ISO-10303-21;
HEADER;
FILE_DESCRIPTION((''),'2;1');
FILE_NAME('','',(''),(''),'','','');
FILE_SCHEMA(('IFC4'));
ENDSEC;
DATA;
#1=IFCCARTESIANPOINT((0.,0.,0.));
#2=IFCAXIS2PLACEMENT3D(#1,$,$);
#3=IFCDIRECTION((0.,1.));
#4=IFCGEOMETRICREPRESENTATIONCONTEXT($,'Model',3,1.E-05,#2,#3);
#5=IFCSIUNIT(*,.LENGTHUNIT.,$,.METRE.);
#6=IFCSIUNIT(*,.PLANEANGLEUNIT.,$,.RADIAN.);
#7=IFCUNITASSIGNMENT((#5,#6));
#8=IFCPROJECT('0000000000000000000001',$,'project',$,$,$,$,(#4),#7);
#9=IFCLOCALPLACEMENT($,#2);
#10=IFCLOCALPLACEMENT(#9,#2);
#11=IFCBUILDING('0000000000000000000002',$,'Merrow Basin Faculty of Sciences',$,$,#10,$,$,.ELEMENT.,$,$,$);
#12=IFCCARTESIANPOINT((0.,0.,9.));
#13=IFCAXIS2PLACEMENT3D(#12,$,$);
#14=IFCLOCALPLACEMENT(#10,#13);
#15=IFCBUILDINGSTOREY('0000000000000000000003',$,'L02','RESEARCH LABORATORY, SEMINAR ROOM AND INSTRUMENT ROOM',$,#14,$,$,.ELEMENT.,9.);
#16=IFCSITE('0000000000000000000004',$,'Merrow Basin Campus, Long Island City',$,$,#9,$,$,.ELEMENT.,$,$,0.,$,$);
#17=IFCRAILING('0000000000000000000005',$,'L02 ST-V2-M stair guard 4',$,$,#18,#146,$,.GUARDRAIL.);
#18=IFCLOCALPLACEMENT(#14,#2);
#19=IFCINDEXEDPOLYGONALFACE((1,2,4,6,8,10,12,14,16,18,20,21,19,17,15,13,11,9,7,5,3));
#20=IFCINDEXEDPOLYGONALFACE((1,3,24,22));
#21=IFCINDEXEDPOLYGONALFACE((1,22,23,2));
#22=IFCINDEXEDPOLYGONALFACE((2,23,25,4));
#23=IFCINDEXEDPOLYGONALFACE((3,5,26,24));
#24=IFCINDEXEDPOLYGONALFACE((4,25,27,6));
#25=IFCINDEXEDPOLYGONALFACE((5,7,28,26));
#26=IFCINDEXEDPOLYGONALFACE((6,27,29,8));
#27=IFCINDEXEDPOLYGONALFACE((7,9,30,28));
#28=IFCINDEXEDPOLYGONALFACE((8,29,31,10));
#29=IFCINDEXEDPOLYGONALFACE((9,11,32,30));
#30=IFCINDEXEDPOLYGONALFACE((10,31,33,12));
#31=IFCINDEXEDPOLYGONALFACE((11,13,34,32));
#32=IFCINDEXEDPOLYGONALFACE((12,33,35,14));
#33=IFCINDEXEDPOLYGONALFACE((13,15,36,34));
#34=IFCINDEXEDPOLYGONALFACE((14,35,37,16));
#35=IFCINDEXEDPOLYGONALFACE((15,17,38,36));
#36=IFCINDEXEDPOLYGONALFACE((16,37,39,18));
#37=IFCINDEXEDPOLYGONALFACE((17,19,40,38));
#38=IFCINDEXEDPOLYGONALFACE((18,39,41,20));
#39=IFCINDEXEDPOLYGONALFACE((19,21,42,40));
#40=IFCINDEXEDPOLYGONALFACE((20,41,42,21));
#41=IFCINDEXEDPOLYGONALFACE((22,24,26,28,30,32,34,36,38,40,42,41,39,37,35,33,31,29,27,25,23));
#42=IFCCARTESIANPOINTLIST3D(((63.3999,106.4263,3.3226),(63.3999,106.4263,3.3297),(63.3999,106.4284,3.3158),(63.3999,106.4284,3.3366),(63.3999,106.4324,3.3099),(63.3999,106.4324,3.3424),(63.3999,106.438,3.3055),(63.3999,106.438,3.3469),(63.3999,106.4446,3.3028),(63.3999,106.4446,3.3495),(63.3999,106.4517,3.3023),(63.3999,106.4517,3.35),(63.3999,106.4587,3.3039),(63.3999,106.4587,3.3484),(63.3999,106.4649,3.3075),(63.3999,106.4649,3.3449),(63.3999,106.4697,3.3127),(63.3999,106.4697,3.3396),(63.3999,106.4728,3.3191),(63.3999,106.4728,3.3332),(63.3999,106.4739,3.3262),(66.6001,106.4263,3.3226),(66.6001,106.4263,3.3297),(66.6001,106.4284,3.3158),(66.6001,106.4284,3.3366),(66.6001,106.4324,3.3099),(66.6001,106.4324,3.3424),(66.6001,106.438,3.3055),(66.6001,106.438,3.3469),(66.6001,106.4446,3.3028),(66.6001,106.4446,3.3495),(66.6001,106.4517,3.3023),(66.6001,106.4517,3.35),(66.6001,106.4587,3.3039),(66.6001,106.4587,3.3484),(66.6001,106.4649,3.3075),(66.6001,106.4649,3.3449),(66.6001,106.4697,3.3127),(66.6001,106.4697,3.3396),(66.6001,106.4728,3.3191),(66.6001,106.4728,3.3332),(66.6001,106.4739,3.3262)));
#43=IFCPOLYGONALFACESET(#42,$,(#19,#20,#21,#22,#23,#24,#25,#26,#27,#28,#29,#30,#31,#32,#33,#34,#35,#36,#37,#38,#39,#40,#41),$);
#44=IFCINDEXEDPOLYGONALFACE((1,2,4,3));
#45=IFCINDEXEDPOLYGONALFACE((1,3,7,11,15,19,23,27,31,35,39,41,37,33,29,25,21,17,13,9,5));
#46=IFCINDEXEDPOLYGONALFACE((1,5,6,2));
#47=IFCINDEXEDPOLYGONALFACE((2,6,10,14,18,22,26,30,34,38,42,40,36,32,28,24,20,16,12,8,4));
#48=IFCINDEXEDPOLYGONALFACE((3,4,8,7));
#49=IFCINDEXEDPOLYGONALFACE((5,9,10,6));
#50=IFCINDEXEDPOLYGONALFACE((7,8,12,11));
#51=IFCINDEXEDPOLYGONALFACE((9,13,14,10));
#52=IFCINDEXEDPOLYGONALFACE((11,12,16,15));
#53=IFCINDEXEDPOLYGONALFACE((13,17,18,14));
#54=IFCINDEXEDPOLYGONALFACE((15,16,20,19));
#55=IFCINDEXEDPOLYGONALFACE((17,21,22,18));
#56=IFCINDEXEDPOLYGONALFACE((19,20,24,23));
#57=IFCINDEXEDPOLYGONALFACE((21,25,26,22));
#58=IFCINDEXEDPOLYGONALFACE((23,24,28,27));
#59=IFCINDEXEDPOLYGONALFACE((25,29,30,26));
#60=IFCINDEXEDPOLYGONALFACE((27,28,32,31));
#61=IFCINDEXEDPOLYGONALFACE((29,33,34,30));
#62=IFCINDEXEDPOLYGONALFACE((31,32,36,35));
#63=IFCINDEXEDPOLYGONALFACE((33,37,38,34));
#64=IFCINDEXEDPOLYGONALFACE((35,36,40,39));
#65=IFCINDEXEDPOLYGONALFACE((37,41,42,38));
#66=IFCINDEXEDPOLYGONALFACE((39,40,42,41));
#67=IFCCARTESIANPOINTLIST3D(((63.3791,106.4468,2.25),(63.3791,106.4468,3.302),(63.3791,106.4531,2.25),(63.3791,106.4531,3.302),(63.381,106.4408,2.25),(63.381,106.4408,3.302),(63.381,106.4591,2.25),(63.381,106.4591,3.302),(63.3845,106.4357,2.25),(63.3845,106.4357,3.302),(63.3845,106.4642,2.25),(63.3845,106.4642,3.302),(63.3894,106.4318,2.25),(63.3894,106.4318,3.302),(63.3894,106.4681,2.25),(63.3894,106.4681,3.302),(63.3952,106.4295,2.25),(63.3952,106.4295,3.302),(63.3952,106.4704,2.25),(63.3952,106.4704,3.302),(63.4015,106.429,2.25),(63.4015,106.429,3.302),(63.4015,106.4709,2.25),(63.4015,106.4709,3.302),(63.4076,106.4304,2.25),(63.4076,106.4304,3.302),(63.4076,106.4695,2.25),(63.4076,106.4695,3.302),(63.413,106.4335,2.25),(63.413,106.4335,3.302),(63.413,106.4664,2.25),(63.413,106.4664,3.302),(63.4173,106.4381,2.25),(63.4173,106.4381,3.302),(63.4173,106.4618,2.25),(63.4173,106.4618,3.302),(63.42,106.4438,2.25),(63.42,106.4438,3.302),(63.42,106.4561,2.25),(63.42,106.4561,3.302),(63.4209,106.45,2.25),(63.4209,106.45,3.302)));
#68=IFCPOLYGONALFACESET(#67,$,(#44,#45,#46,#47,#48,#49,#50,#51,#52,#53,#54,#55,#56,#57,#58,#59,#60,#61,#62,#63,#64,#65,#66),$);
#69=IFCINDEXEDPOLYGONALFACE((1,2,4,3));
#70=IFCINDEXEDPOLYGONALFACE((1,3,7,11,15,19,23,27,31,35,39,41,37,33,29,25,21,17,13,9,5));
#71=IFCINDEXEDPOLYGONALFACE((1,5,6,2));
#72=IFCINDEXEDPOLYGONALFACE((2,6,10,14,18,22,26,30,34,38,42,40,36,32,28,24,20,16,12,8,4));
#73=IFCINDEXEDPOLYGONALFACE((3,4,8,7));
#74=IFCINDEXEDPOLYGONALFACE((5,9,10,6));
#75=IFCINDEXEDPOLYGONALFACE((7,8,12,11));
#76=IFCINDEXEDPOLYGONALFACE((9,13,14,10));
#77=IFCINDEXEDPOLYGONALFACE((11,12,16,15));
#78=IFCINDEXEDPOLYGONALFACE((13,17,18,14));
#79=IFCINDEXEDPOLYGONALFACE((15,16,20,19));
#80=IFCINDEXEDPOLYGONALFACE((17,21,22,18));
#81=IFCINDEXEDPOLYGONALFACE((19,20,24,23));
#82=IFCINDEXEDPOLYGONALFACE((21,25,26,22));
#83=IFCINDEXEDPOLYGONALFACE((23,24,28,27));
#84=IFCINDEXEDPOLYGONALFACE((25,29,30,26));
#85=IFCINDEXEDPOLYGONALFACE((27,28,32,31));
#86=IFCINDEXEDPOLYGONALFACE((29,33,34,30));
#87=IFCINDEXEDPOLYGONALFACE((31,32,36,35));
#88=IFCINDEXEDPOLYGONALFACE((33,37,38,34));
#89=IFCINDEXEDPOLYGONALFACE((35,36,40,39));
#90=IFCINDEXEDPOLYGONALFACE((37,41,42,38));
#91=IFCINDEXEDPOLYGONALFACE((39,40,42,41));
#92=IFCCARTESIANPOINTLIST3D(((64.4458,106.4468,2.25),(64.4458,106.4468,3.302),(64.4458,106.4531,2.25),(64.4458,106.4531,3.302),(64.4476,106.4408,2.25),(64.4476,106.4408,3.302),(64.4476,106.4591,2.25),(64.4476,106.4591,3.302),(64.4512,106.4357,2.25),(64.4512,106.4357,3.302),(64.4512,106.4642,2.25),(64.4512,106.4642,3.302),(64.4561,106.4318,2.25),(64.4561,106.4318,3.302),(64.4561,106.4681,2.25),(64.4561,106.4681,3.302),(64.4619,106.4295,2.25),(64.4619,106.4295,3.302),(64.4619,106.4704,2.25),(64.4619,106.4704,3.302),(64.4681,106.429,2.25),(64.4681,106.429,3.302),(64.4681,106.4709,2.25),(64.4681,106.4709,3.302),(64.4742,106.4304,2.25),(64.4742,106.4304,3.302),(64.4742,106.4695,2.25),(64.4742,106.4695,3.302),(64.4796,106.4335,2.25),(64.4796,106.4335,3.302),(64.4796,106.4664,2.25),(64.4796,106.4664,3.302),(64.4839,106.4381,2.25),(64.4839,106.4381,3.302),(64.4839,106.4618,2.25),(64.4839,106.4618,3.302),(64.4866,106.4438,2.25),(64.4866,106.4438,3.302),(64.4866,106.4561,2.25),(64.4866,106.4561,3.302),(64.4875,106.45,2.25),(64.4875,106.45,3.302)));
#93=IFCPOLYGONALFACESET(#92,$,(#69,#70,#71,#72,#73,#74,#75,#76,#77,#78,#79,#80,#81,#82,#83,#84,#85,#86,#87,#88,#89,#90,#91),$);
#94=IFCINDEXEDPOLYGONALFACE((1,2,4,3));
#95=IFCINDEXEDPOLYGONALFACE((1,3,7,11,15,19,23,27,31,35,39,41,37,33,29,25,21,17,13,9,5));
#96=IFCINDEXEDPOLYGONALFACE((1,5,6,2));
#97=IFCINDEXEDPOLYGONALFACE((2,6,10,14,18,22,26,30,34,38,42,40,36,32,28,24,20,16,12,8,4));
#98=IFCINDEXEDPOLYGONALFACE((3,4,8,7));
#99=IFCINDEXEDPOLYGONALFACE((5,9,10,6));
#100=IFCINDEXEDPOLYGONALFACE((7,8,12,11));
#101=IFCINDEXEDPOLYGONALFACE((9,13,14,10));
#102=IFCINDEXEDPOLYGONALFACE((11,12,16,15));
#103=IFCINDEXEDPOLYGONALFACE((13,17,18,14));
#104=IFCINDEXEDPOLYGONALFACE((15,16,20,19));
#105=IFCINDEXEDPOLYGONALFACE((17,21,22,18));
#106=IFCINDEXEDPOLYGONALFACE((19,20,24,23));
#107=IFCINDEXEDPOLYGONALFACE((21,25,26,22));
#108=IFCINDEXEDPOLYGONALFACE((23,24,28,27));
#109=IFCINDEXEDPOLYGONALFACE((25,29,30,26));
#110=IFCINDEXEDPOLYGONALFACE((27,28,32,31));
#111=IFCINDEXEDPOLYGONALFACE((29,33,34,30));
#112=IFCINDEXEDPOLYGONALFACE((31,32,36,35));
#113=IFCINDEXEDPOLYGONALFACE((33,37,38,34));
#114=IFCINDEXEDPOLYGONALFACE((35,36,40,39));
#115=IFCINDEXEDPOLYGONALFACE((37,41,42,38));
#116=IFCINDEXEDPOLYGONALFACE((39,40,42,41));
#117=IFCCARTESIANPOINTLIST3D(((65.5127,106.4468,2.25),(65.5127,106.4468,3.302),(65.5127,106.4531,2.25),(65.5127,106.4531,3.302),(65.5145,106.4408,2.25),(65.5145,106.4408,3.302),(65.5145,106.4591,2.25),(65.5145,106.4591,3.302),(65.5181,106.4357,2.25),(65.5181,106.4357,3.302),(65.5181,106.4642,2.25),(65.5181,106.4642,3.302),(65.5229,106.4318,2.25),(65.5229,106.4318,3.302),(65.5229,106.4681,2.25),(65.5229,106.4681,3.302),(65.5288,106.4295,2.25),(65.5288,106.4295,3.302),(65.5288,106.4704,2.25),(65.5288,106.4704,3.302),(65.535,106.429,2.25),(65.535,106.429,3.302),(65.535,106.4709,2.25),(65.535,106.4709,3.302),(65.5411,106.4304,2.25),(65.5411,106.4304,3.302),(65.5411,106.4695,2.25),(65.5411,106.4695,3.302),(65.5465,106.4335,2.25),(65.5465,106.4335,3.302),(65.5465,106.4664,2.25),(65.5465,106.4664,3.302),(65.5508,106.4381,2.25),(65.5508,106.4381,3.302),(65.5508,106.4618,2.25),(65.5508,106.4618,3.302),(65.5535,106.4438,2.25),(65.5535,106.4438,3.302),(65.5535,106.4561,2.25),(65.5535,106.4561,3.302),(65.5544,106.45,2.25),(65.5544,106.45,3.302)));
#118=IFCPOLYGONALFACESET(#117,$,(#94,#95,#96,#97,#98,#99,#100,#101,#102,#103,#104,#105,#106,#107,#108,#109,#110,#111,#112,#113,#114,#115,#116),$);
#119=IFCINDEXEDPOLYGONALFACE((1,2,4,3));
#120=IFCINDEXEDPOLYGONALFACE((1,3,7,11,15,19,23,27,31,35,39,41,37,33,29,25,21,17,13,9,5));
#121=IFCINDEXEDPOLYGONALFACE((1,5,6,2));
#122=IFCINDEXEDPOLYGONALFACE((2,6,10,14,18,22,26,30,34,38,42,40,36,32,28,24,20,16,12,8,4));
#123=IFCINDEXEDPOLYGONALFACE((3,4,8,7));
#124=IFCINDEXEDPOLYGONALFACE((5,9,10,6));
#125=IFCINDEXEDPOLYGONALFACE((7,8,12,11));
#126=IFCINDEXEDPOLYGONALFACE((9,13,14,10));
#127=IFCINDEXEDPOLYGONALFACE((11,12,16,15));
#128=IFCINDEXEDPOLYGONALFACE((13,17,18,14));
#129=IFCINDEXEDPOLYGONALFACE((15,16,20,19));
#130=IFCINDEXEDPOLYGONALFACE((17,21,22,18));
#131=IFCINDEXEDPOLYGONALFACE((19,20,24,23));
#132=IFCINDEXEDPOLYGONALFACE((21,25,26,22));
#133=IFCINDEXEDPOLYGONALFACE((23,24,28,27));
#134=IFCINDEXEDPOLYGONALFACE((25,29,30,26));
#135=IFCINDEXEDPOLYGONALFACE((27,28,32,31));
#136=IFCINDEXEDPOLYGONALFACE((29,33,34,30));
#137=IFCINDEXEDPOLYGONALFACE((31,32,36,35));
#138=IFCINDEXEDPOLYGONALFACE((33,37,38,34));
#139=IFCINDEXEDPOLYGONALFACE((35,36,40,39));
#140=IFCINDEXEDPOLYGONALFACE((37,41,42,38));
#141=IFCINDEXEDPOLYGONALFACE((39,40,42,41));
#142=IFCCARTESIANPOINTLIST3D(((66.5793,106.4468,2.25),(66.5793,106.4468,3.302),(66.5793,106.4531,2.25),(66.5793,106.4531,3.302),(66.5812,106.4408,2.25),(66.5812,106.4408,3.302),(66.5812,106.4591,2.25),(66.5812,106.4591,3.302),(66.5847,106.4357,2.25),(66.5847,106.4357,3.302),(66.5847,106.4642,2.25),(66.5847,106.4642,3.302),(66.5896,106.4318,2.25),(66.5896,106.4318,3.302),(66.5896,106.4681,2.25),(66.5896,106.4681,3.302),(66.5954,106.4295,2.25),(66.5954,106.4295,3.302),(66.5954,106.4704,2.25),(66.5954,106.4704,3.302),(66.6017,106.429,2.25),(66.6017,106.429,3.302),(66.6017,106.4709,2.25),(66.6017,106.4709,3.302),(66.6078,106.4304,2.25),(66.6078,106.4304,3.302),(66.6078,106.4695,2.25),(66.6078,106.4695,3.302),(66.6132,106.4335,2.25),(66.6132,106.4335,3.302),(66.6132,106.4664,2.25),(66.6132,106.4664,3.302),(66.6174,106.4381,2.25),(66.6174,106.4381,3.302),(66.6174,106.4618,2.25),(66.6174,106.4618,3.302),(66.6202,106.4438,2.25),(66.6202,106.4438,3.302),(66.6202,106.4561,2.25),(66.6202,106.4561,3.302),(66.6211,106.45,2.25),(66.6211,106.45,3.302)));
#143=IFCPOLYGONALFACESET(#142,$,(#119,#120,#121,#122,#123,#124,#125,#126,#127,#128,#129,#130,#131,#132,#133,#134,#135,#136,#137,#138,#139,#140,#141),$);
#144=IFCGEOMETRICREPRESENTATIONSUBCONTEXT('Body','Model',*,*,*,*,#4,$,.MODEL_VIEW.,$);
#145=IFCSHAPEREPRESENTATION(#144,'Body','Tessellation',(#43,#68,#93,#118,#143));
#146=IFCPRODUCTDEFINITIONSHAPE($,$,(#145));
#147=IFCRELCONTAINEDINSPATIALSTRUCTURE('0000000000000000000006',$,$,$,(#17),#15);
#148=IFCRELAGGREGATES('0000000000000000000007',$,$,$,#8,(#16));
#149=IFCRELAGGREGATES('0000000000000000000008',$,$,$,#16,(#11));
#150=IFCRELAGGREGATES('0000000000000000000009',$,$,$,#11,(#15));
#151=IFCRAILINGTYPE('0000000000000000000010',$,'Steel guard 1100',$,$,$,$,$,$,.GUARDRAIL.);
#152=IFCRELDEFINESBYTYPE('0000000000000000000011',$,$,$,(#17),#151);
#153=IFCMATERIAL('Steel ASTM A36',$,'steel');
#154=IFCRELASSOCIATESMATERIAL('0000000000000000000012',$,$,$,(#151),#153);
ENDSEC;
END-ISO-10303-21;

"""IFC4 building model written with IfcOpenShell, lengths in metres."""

from ifc_helpers import new_model, si_unit, direction, frame, origin, origin_2d, place, context, subcontext, project, spatial, circle, extrude, material, type_object, element, save


model = new_model("IFC4")

# Units and contexts
model_context = context("Model", 3, precision=1e-05, world=origin(), true_north=direction((0.0, 1.0)))
body_context = subcontext(model_context, "Body", "Model", "MODEL_VIEW")
ifc_project = project(units=[si_unit("LENGTHUNIT", "METRE"), si_unit("PLANEANGLEUNIT", "RADIAN")], contexts=[model_context])

# Site, building, storey
site_placement = place(None, origin())
site = spatial("IfcSite", under=ifc_project, at=site_placement, Name="Merrow Basin Campus, Long Island City", CompositionType="ELEMENT", RefElevation=0.0)
building_placement = place(site_placement, origin())
building = spatial("IfcBuilding", under=site, at=building_placement, Name="Merrow Basin Faculty of Sciences", CompositionType="ELEMENT")
storey_placement = place(building_placement, frame((0.0, 0.0, 9.0)))
storey = spatial("IfcBuildingStorey", under=building, at=storey_placement, Name="L02", Description="RESEARCH LABORATORY, SEMINAR ROOM AND INSTRUMENT ROOM", CompositionType="ELEMENT", Elevation=9.0)

# Railing
ifc_material_1 = material(Name="Steel ASTM A36", Category="steel")
railing_type = type_object("IfcRailingType", Name="Steel guard 1100", PredefinedType="GUARDRAIL", material=ifc_material_1)
railing_1_placement = place(storey_placement, frame((63.3999, 106.45, 2.25)))
element("IfcRailing", 1, at=railing_1_placement, inside=storey, type_object=railing_type, Name="L02 ST-V2-M stair guard 4", PredefinedType="GUARDRAIL", context=body_context, shape_type="SweptSolid", body=[
    extrude(circle(Radius=0.0239, at=origin_2d()), frame((0.0, 0.0, 1.0762), z_axis=(1.0, 0.0, 0.0), x_axis=(0.0, 1.0, 0.0)), (0.0, 0.0, 1.0), 3.2002),
    extrude(circle(Radius=0.021, at=origin_2d()), origin(), (0.0, 0.0, 1.0), 1.052),
    extrude(circle(Radius=0.021, at=origin_2d()), frame((1.0667, 0.0, 0.0)), (0.0, 0.0, 1.0), 1.052),
    extrude(circle(Radius=0.021, at=origin_2d()), frame((2.1335, 0.0, 0.0)), (0.0, 0.0, 1.0), 1.052),
    extrude(circle(Radius=0.021, at=origin_2d()), frame((3.2002, 0.0, 0.0)), (0.0, 0.0, 1.0), 1.052),
])

save(model, "model.ifc")
